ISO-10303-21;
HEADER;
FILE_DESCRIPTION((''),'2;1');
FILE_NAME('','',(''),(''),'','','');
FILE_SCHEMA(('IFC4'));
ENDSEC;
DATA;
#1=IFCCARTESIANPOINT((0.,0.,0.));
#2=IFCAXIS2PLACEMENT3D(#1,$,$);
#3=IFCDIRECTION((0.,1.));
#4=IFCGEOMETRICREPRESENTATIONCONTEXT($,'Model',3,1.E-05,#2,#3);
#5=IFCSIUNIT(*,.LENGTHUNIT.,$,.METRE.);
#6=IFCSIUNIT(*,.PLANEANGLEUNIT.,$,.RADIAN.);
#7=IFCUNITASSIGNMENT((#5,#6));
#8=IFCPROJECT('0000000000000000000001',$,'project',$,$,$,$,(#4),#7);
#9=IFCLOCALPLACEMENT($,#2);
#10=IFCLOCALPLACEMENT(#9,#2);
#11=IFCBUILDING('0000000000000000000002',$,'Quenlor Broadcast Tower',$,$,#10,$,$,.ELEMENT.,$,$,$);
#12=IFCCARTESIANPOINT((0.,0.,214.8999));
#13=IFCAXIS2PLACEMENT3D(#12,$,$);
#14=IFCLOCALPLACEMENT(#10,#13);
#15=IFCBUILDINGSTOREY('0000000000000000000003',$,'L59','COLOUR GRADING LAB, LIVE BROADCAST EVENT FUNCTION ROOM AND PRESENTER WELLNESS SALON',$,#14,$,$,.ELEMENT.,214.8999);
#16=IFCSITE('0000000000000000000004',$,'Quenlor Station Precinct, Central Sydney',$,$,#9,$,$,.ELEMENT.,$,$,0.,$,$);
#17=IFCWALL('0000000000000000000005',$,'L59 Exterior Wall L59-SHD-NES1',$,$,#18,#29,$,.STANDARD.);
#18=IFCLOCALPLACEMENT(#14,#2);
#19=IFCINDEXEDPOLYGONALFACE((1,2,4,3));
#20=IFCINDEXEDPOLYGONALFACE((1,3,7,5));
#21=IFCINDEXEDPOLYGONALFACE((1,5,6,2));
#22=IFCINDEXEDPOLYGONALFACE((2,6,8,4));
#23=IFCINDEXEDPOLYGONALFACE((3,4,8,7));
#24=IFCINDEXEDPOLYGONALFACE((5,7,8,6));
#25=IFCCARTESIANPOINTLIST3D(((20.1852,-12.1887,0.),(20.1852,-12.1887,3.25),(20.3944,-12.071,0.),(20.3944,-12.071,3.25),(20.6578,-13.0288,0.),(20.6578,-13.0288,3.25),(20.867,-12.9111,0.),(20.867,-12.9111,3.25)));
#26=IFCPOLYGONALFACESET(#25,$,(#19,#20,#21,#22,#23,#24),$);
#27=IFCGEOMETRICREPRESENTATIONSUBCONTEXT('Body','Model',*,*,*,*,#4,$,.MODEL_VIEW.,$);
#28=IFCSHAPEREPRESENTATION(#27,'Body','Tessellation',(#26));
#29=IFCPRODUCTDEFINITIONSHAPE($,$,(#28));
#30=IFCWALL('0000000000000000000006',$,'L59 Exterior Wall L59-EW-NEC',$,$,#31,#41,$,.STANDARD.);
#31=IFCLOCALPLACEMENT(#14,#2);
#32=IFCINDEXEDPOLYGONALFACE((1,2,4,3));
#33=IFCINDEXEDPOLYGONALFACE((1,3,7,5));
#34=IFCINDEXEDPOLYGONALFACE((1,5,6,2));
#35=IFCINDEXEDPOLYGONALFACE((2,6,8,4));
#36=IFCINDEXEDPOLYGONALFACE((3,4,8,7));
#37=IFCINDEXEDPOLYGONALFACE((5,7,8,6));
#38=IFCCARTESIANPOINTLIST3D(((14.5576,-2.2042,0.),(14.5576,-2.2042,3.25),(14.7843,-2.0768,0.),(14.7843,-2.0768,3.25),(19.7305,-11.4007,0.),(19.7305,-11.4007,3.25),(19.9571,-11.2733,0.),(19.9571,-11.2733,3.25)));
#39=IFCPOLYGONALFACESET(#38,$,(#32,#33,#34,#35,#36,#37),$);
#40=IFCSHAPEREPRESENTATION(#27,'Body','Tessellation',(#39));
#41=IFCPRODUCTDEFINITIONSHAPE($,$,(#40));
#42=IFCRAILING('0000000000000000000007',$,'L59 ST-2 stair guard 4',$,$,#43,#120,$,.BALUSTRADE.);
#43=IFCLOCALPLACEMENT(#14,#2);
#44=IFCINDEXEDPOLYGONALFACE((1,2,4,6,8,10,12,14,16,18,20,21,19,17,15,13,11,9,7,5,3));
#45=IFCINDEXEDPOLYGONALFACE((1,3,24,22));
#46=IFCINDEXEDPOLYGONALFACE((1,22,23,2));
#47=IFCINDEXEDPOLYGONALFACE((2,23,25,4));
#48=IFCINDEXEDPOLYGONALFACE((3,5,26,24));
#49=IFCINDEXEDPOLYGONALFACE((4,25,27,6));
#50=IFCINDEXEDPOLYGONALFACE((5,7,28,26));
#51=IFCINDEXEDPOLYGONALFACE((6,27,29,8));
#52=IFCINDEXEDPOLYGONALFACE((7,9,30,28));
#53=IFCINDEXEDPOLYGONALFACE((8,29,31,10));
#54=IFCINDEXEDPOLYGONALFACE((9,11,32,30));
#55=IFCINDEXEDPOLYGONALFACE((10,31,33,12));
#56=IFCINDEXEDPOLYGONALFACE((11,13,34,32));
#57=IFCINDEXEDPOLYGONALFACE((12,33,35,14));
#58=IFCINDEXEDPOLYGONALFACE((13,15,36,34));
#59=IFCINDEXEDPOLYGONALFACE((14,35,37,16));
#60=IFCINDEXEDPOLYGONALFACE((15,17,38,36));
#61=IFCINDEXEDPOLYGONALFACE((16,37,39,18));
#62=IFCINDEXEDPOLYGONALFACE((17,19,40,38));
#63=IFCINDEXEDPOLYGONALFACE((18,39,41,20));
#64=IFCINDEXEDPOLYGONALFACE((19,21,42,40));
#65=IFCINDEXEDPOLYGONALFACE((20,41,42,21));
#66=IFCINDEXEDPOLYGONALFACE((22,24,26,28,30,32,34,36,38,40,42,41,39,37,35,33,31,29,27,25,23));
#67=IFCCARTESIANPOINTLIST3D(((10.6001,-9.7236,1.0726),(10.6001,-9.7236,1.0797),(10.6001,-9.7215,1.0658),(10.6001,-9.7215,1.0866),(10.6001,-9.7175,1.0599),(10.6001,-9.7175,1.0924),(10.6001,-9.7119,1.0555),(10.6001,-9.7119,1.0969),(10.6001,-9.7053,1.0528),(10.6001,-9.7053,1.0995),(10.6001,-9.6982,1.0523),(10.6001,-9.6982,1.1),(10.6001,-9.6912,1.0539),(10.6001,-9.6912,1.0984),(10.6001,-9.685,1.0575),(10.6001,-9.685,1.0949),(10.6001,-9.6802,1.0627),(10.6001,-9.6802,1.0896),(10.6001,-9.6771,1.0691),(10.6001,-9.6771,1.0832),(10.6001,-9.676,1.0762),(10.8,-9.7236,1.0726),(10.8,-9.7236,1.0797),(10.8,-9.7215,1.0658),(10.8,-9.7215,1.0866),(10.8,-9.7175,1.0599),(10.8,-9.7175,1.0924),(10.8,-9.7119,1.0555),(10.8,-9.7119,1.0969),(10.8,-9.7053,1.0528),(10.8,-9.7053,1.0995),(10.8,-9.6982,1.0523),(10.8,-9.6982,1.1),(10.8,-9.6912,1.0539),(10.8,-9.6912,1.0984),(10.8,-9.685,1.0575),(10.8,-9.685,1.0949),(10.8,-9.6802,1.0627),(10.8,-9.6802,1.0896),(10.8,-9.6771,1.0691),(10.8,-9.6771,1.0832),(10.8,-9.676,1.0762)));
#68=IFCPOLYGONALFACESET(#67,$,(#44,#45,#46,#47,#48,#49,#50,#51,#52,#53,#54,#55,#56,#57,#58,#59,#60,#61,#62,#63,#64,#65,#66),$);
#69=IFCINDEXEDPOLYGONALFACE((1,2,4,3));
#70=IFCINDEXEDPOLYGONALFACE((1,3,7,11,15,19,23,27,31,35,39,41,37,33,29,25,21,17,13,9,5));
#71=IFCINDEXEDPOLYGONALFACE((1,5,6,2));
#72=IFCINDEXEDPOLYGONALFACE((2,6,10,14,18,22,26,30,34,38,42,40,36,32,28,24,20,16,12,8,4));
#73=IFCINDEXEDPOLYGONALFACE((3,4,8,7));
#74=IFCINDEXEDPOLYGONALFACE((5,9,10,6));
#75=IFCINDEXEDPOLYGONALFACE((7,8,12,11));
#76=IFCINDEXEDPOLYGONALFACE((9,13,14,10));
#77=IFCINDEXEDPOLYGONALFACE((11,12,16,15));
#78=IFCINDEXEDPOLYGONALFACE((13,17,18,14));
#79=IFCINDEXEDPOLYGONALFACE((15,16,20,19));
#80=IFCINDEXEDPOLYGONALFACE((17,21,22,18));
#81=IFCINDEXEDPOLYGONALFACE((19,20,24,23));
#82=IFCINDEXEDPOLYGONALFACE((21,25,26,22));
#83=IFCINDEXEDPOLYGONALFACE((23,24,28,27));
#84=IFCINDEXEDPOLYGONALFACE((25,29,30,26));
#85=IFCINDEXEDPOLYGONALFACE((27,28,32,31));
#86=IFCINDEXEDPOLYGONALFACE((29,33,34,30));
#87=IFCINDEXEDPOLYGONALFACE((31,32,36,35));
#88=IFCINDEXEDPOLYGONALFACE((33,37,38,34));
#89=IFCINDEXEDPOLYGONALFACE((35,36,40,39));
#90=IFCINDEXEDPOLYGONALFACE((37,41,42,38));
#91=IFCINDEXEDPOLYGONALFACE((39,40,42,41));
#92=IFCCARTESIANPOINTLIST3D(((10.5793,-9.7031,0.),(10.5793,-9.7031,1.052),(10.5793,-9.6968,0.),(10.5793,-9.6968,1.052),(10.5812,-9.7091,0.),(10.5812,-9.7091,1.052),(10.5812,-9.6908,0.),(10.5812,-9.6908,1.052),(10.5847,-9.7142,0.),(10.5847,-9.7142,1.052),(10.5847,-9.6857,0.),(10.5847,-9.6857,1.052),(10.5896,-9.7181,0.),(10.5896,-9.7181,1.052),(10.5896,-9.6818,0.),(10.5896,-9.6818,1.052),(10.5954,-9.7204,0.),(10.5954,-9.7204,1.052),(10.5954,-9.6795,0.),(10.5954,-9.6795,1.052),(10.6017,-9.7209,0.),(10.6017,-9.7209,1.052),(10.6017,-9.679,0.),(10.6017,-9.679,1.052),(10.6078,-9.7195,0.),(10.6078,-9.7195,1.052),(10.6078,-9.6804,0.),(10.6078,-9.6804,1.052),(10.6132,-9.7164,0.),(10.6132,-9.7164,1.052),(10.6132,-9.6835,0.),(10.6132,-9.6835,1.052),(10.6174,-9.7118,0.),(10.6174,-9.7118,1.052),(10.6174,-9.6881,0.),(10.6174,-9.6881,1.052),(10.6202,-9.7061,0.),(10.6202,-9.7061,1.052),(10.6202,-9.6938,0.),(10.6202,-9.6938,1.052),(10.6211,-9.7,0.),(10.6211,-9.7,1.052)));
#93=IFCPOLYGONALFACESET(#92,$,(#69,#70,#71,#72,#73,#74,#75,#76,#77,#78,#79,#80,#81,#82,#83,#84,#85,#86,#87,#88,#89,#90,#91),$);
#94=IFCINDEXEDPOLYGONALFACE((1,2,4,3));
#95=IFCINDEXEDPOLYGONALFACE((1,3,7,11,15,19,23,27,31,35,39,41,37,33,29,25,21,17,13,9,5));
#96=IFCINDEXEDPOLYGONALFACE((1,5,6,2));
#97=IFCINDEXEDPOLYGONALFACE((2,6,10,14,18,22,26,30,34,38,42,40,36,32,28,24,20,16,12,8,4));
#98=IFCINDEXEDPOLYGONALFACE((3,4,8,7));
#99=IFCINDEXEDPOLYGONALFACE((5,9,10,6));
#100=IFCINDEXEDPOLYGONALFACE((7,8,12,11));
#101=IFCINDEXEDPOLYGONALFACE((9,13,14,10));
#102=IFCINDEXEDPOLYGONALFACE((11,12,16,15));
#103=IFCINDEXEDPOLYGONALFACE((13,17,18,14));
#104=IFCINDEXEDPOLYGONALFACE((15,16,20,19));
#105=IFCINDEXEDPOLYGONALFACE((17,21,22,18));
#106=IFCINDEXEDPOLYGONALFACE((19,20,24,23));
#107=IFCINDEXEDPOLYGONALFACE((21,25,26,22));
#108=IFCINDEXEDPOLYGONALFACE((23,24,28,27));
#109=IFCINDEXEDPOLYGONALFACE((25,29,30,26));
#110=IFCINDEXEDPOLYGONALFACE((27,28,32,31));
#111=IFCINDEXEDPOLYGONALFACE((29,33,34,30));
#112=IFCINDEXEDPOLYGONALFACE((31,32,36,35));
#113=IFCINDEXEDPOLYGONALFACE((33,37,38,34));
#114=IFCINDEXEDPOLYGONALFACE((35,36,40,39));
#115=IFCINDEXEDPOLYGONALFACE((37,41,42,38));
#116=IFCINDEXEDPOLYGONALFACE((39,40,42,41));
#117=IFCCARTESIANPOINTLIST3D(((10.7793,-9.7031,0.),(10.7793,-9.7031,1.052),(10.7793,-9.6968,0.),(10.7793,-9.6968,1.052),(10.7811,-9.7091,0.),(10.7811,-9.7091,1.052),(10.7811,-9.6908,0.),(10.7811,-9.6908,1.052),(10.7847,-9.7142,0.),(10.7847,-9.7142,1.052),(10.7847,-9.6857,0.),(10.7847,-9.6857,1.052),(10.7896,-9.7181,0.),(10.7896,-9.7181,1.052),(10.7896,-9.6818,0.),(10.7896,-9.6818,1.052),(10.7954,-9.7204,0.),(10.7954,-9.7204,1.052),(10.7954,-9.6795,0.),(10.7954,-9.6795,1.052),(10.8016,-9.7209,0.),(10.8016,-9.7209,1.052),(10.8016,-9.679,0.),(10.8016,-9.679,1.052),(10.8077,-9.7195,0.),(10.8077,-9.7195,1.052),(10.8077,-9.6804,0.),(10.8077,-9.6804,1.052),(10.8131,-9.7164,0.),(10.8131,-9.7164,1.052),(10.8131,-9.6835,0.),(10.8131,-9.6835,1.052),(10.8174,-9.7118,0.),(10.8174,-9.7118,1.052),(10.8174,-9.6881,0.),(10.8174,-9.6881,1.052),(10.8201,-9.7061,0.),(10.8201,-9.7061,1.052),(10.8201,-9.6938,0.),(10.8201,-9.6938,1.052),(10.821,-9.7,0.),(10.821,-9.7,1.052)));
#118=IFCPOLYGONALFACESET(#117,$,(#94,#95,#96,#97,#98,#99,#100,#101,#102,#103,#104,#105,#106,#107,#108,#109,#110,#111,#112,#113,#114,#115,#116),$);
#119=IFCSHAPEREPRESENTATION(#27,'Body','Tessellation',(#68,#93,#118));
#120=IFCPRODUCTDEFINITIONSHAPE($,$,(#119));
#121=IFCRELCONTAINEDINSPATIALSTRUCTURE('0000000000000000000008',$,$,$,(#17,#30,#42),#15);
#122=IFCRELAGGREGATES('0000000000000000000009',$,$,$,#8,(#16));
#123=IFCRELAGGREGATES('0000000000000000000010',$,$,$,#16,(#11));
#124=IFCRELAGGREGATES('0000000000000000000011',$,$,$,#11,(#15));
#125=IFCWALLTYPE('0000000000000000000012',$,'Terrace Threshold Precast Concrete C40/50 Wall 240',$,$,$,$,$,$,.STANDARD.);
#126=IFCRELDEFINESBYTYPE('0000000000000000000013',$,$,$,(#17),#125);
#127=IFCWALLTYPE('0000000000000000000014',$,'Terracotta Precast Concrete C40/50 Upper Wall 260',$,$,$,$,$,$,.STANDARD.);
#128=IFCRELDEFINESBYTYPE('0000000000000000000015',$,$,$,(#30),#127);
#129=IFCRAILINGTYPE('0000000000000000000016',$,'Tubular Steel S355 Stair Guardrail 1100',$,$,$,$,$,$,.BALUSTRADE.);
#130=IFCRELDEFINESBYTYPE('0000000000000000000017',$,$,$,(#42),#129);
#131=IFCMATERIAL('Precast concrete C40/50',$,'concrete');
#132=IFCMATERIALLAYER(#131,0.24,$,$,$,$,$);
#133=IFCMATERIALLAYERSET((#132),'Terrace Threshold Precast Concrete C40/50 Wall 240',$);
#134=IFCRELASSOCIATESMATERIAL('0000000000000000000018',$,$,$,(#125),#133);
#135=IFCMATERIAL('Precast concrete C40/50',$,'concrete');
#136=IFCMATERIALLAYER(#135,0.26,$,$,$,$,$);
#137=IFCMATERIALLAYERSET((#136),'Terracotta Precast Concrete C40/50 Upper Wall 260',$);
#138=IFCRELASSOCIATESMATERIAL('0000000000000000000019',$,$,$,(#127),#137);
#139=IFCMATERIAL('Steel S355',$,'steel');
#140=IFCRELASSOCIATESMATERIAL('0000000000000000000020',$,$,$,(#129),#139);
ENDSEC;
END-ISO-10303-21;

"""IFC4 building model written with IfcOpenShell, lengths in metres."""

from ifc_helpers import new_model, si_unit, direction, frame, frame_2d, origin, origin_2d, place, context, subcontext, project, spatial, rectangle, circle, extrude, material, layer, layer_set, type_object, element, save


model = new_model("IFC4")

# Units and contexts
model_context = context("Model", 3, precision=1e-05, world=origin(), true_north=direction((0.0, 1.0)))
body_context = subcontext(model_context, "Body", "Model", "MODEL_VIEW")
ifc_project = project(units=[si_unit("LENGTHUNIT", "METRE"), si_unit("PLANEANGLEUNIT", "RADIAN")], contexts=[model_context])

# Site, building, storey
site_placement = place(None, origin())
site = spatial("IfcSite", under=ifc_project, at=site_placement, Name="Quenlor Station Precinct, Central Sydney", CompositionType="ELEMENT", RefElevation=0.0)
building_placement = place(site_placement, origin())
building = spatial("IfcBuilding", under=site, at=building_placement, Name="Quenlor Broadcast Tower", CompositionType="ELEMENT")
storey_placement = place(building_placement, frame((0.0, 0.0, 214.8999)))
storey = spatial("IfcBuildingStorey", under=building, at=storey_placement, Name="L59", Description="COLOUR GRADING LAB, LIVE BROADCAST EVENT FUNCTION ROOM AND PRESENTER WELLNESS SALON", CompositionType="ELEMENT", Elevation=214.8999)

# Walls
ifc_material_1 = material(Name="Precast concrete C40/50", Category="concrete")
ifc_layer_1 = layer(ifc_material_1, 0.24)
ifc_layer_set_1 = layer_set([ifc_layer_1], Name="Terrace Threshold Precast Concrete C40/50 Wall 240")
wall_type_1 = type_object("IfcWallType", Name="Terrace Threshold Precast Concrete C40/50 Wall 240", PredefinedType="STANDARD", material=ifc_layer_set_1)
wall_1_placement = place(storey_placement, frame((20.2898, -12.1299, 0.0), z_axis=(0.0, 0.0, 1.0), x_axis=(0.490345, -0.871528, 0.0)))
element("IfcWall", 1, at=wall_1_placement, inside=storey, type_object=wall_type_1, Name="L59 Exterior Wall L59-SHD-NES1", PredefinedType="STANDARD", context=body_context, shape_type="SweptSolid", body=[
    extrude(rectangle(XDim=0.9639, YDim=0.24, at=frame_2d((0.4819, 0.0))), origin(), (0.0, 0.0, 1.0), 3.25),
])
ifc_material_2 = material(Name="Precast concrete C40/50", Category="concrete")
ifc_layer_2 = layer(ifc_material_2, 0.26)
ifc_layer_set_2 = layer_set([ifc_layer_2], Name="Terracotta Precast Concrete C40/50 Upper Wall 260")
wall_type_2 = type_object("IfcWallType", Name="Terracotta Precast Concrete C40/50 Upper Wall 260", PredefinedType="STANDARD", material=ifc_layer_set_2)
wall_2_placement = place(storey_placement, frame((14.6709, -2.1404, 0.0), z_axis=(0.0, 0.0, 1.0), x_axis=(0.490247, -0.871584, 0.0)))
element("IfcWall", 2, at=wall_2_placement, inside=storey, type_object=wall_type_2, Name="L59 Exterior Wall L59-EW-NEC", PredefinedType="STANDARD", context=body_context, shape_type="SweptSolid", body=[
    extrude(rectangle(XDim=10.5515, YDim=0.26, at=frame_2d((5.2759, 0.0))), origin(), (0.0, 0.0, 1.0), 3.25),
])

# Railing
ifc_material_3 = material(Name="Steel S355", Category="steel")
railing_type = type_object("IfcRailingType", Name="Tubular Steel S355 Stair Guardrail 1100", PredefinedType="BALUSTRADE", material=ifc_material_3)
railing_placement = place(storey_placement, frame((10.6001, -9.7, 0.0)))
element("IfcRailing", 3, at=railing_placement, inside=storey, type_object=railing_type, Name="L59 ST-2 stair guard 4", PredefinedType="BALUSTRADE", context=body_context, shape_type="SweptSolid", body=[
    extrude(circle(Radius=0.0239, at=origin_2d()), frame((0.0, 0.0, 1.0762), z_axis=(1.0, 0.0, 0.0), x_axis=(0.0, 1.0, 0.0)), (0.0, 0.0, 1.0), 0.2),
    extrude(circle(Radius=0.021, at=origin_2d()), origin(), (0.0, 0.0, 1.0), 1.052),
    extrude(circle(Radius=0.021, at=origin_2d()), frame((0.2, 0.0, 0.0)), (0.0, 0.0, 1.0), 1.052),
])

save(model, "model.ifc")
